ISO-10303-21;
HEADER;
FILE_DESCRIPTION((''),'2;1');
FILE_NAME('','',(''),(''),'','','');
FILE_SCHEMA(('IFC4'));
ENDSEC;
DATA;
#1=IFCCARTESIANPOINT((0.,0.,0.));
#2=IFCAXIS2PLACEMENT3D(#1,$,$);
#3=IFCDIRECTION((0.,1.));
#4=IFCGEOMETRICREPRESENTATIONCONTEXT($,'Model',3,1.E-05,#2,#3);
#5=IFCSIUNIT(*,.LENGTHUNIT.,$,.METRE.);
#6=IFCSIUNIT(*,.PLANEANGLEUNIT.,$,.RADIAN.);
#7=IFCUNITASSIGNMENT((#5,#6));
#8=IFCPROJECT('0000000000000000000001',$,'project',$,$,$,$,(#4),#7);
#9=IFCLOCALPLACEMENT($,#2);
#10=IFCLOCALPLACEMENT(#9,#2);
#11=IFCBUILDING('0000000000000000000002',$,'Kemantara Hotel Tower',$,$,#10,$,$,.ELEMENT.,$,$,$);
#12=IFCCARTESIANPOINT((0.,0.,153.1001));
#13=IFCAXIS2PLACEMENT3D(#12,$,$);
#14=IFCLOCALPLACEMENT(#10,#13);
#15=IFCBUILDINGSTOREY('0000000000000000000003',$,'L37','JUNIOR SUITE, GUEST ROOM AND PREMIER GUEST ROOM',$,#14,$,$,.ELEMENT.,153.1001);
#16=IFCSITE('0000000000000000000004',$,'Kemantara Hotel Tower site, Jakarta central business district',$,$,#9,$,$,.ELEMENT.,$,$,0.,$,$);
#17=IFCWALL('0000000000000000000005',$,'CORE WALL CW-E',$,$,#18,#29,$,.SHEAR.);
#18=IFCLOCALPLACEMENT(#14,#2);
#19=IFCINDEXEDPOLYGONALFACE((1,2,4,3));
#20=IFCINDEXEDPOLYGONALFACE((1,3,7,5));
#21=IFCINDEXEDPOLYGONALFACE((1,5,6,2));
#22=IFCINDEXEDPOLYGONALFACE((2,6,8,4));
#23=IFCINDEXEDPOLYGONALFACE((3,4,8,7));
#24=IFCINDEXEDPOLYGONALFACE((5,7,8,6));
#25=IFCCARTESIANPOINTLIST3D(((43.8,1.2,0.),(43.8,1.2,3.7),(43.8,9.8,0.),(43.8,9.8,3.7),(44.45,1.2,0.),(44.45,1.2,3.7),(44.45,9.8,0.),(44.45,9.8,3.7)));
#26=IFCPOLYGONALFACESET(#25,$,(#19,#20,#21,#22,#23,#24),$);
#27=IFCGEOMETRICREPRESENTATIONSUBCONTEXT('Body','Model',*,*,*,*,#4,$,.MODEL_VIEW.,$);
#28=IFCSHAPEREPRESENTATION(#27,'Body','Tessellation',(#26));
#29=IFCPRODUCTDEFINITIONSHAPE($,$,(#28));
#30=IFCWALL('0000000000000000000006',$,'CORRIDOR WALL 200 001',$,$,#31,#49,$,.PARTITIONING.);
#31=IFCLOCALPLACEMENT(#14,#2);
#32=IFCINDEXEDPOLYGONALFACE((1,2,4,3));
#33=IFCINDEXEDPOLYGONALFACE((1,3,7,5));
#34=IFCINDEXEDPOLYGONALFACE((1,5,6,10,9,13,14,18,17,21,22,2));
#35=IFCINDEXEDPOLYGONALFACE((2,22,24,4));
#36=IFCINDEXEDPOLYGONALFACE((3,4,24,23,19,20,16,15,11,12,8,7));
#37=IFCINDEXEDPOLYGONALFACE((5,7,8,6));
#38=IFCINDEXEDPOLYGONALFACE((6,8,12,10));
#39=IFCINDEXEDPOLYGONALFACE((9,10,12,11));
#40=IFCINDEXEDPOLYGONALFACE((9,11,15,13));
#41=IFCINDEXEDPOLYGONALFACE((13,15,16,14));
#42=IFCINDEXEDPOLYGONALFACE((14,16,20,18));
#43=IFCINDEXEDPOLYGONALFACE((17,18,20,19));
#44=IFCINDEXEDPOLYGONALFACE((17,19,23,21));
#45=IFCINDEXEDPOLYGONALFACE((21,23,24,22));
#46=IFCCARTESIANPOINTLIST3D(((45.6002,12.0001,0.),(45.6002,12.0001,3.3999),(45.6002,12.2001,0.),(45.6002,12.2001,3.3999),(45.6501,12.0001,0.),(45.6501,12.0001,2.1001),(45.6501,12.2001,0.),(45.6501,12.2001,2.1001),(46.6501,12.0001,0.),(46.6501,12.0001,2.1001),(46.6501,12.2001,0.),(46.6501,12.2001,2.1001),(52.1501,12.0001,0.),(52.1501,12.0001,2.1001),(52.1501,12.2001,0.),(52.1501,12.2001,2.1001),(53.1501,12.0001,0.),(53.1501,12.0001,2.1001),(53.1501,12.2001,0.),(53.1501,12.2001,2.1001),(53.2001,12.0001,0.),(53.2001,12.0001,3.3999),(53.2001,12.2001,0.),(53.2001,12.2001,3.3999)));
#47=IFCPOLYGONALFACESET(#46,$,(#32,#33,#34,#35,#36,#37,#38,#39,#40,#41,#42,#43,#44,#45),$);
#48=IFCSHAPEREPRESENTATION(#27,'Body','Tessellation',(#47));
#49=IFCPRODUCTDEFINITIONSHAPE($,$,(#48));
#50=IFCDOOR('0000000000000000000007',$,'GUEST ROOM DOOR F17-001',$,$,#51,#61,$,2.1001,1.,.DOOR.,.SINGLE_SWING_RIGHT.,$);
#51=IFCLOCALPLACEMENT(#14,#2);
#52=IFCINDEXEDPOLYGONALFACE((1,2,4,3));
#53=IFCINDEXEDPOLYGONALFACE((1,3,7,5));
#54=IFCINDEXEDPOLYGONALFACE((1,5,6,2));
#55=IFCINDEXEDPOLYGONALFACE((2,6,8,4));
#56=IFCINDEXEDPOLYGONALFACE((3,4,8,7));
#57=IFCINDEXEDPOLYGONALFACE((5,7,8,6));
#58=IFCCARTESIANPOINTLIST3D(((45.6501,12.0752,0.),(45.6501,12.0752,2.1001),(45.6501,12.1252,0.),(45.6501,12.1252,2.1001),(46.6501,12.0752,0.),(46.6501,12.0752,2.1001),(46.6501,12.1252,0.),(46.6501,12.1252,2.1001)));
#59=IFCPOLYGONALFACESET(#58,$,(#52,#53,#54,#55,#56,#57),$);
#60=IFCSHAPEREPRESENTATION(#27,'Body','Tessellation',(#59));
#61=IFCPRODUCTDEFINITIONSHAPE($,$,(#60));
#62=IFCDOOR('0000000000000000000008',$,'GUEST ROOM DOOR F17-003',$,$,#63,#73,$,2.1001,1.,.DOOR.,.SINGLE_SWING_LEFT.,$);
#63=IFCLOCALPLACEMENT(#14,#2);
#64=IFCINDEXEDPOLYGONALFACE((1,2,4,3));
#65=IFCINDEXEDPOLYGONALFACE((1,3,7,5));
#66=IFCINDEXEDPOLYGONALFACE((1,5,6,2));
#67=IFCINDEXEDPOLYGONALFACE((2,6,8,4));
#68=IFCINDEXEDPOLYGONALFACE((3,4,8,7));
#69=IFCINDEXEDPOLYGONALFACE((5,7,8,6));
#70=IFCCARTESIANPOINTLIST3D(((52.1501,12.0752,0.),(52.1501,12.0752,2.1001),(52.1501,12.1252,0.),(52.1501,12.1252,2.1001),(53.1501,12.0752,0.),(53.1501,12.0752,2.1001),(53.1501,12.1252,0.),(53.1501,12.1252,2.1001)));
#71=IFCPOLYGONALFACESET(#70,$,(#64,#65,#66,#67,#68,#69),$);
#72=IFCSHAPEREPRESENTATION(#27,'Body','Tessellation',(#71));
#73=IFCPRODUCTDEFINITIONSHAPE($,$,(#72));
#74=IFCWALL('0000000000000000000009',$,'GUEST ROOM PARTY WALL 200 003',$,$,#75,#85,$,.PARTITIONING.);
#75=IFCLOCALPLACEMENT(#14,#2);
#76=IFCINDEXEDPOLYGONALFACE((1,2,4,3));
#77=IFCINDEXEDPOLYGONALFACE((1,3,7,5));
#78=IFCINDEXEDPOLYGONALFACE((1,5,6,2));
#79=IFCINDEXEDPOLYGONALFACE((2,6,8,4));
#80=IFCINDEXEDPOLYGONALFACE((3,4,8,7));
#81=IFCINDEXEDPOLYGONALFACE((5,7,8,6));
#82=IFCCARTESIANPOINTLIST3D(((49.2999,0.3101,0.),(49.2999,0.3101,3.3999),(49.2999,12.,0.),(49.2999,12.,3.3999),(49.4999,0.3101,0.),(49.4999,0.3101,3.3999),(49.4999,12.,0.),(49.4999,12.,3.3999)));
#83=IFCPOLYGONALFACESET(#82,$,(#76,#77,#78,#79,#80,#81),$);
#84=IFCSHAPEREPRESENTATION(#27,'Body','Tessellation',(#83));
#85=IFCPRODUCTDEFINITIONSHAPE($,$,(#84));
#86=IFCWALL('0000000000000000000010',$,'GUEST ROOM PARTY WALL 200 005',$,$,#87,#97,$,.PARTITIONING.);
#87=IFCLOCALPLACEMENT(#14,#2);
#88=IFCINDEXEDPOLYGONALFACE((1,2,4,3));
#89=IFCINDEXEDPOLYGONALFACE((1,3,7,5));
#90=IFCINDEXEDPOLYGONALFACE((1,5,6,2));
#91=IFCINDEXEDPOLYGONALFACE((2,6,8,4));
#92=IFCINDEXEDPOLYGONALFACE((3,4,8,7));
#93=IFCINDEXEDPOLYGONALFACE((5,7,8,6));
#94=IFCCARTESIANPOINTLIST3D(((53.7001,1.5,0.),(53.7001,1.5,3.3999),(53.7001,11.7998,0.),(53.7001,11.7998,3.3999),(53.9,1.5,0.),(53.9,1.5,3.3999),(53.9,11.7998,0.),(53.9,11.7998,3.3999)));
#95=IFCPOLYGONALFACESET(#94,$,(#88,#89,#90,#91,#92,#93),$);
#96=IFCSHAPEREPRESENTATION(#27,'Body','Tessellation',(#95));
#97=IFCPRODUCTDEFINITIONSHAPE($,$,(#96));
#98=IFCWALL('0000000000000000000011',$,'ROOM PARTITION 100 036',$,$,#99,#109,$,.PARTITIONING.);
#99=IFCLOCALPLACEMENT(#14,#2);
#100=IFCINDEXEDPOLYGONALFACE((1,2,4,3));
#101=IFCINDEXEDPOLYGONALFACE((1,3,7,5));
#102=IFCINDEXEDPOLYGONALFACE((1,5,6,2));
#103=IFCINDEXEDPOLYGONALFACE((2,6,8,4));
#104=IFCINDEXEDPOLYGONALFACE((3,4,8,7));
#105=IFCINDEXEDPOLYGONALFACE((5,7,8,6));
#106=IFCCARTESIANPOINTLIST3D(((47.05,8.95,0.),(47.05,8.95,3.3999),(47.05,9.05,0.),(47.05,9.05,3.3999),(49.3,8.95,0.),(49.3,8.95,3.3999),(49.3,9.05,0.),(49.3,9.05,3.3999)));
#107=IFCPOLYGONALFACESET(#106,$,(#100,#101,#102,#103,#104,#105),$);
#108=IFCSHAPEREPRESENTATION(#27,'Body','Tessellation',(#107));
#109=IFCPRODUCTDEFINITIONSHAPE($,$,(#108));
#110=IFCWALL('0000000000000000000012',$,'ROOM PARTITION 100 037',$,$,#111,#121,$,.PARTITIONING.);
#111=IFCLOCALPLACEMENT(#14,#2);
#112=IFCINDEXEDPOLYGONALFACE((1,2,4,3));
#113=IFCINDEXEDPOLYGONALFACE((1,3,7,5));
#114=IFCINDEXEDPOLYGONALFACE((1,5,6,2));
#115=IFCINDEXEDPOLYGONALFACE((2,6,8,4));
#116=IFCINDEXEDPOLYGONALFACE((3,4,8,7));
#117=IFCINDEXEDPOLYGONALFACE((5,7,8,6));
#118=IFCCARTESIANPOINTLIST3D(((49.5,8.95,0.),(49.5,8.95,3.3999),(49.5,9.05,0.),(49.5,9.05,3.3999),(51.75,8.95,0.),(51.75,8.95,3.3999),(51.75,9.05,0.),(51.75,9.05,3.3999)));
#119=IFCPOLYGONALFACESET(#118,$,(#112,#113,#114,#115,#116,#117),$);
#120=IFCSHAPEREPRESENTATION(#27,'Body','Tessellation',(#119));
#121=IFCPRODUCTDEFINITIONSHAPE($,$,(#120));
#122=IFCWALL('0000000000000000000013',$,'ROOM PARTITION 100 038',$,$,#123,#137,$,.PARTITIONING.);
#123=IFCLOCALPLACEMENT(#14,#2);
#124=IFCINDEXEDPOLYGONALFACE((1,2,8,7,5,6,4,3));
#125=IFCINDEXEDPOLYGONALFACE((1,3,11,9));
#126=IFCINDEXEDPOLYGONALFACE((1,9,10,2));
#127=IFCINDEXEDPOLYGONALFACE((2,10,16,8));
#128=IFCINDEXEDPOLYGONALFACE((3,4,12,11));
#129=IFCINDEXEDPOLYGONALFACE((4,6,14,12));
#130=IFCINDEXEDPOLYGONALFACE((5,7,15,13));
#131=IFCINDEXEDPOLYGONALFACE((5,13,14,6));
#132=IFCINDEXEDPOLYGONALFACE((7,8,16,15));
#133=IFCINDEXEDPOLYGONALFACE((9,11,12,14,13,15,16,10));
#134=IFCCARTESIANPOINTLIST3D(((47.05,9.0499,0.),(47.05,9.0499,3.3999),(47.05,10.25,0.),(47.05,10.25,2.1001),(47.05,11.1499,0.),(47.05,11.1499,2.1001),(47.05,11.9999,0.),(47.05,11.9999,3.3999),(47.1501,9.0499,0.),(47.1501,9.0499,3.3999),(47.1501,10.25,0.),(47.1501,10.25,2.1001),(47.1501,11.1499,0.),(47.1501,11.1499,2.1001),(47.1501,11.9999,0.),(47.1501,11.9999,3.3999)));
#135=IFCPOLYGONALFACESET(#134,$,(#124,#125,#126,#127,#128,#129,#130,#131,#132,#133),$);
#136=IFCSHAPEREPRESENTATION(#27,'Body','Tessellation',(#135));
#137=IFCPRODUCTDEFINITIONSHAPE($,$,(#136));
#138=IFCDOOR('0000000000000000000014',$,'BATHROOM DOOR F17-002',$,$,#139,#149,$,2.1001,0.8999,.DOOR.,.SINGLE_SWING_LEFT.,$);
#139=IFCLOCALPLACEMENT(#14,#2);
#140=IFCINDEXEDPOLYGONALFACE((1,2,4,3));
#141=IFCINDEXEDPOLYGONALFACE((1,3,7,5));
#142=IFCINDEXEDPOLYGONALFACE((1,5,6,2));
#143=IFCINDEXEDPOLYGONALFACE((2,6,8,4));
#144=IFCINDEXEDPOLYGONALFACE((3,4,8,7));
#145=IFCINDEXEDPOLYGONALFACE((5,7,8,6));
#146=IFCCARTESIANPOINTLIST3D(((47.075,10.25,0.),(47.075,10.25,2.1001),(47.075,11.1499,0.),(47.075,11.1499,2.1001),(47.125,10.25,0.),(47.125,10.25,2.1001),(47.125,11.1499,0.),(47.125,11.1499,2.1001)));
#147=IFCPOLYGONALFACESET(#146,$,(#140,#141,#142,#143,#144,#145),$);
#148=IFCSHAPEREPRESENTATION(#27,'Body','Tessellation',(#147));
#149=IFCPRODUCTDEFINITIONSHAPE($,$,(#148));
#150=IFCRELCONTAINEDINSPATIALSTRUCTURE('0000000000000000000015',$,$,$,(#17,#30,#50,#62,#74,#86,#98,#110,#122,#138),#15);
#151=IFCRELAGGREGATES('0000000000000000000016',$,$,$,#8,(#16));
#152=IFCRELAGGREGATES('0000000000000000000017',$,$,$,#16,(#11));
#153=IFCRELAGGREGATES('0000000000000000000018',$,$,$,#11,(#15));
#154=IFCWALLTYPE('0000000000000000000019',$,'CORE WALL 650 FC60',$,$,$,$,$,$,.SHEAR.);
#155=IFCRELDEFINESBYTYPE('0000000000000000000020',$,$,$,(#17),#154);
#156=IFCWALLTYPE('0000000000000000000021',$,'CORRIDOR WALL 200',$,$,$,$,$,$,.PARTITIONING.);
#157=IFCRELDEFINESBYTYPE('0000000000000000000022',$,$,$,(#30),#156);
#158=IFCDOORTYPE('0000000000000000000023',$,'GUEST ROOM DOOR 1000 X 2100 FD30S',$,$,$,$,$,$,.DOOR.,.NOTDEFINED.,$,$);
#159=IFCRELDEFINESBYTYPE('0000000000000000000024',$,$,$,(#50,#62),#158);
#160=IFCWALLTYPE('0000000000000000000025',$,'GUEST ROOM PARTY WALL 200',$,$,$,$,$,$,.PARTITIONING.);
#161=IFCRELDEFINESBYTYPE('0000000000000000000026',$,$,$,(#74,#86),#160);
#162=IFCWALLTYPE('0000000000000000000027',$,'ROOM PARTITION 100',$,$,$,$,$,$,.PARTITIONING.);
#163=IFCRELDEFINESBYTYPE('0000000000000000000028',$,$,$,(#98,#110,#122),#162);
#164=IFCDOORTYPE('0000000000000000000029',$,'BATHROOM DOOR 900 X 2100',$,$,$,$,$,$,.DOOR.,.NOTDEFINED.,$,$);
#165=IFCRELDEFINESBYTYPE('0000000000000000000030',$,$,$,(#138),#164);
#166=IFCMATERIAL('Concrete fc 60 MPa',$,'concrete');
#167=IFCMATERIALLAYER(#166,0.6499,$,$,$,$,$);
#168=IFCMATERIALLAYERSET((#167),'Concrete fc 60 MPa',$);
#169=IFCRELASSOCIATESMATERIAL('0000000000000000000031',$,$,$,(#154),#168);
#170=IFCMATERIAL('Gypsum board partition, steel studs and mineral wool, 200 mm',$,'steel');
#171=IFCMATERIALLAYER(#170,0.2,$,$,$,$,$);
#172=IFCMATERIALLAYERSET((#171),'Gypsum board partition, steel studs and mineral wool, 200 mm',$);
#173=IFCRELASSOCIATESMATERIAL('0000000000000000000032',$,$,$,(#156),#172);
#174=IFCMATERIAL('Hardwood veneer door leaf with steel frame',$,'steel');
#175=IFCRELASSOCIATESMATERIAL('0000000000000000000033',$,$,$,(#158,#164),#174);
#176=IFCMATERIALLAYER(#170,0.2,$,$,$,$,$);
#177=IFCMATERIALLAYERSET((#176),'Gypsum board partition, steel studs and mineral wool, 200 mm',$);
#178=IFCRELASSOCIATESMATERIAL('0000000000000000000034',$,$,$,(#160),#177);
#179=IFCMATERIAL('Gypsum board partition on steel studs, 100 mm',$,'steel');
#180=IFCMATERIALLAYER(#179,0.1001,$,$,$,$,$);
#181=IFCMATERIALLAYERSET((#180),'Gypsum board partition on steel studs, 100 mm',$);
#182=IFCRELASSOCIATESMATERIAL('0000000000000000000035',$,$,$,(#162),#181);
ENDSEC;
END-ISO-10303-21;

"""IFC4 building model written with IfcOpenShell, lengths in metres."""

from ifc_helpers import new_model, si_unit, direction, frame, frame_2d, origin, place, context, subcontext, project, spatial, rectangle, extrude, material, layer, layer_set, type_object, element, fill, save


model = new_model("IFC4")

# Units and contexts
model_context = context("Model", 3, precision=1e-05, world=origin(), true_north=direction((0.0, 1.0)))
body_context = subcontext(model_context, "Body", "Model", "MODEL_VIEW")
ifc_project = project(units=[si_unit("LENGTHUNIT", "METRE"), si_unit("PLANEANGLEUNIT", "RADIAN")], contexts=[model_context])

# Site, building, storey
site_placement = place(None, origin())
site = spatial("IfcSite", under=ifc_project, at=site_placement, Name="Kemantara Hotel Tower site, Jakarta central business district", CompositionType="ELEMENT", RefElevation=0.0)
building_placement = place(site_placement, origin())
building = spatial("IfcBuilding", under=site, at=building_placement, Name="Kemantara Hotel Tower", CompositionType="ELEMENT")
storey_placement = place(building_placement, frame((0.0, 0.0, 153.1001)))
storey = spatial("IfcBuildingStorey", under=building, at=storey_placement, Name="L37", Description="JUNIOR SUITE, GUEST ROOM AND PREMIER GUEST ROOM", CompositionType="ELEMENT", Elevation=153.1001)

# Shared definitions
ifc_material_1 = material(Name="Concrete fc 60 MPa", Category="concrete")

# Wall
ifc_layer_1 = layer(ifc_material_1, 0.6499)
ifc_layer_set_1 = layer_set([ifc_layer_1], Name="Concrete fc 60 MPa")
wall_type_1 = type_object("IfcWallType", Name="CORE WALL 650 FC60", PredefinedType="SHEAR", material=ifc_layer_set_1)
wall_1_placement = place(storey_placement, frame((44.125, 1.2, 0.0), z_axis=(0.0, 0.0, 1.0), x_axis=(0.0, 1.0, 0.0)))
element("IfcWall", 1, at=wall_1_placement, inside=storey, type_object=wall_type_1, Name="CORE WALL CW-E", PredefinedType="SHEAR", context=body_context, shape_type="SweptSolid", body=[
    extrude(rectangle(XDim=8.6001, YDim=0.6499, at=frame_2d((4.3, 0.0))), origin(), (0.0, 0.0, 1.0), 3.7),
])

# Wall, openings, doors
ifc_material_2 = material(Name="Gypsum board partition, steel studs and mineral wool, 200 mm", Category="steel")
ifc_layer_2 = layer(ifc_material_2, 0.2)
ifc_layer_set_2 = layer_set([ifc_layer_2], Name="Gypsum board partition, steel studs and mineral wool, 200 mm")
wall_type_2 = type_object("IfcWallType", Name="CORRIDOR WALL 200", PredefinedType="PARTITIONING", material=ifc_layer_set_2)
wall_2_placement = place(storey_placement, frame((53.2, 12.1001, 0.0), z_axis=(0.0, 0.0, 1.0), x_axis=(-1.0, 0.0, 0.0)))
wall_2 = element("IfcWall", 2, at=wall_2_placement, inside=storey, type_object=wall_type_2, Name="CORRIDOR WALL 200 001", PredefinedType="PARTITIONING", context=body_context, shape_type="SweptSolid", body=[
    extrude(rectangle(XDim=7.5999, YDim=0.2, at=frame_2d((3.7998, 0.0))), origin(), (0.0, 0.0, 1.0), 3.3999),
])
opening_1_placement = place(wall_2_placement, frame((6.5498, 0.0, 0.0)))
opening_1 = element("IfcOpeningElement", 3, at=opening_1_placement, cuts=wall_2, PredefinedType="OPENING", context=body_context, shape_type="SweptSolid", body=[
    extrude(rectangle(XDim=1.0, YDim=2.1001, at=frame_2d((0.5, 1.05))), frame((0.0, 0.1099, 0.0), z_axis=(0.0, -1.0, 0.0), x_axis=(1.0, 0.0, 0.0)), (0.0, 0.0, 1.0), 0.22),
])
opening_2_placement = place(wall_2_placement, frame((0.0498, 0.0, 0.0)))
opening_2 = element("IfcOpeningElement", 4, at=opening_2_placement, cuts=wall_2, PredefinedType="OPENING", context=body_context, shape_type="SweptSolid", body=[
    extrude(rectangle(XDim=1.0, YDim=2.1001, at=frame_2d((0.5, 1.05))), frame((0.0, 0.1099, 0.0), z_axis=(0.0, -1.0, 0.0), x_axis=(1.0, 0.0, 0.0)), (0.0, 0.0, 1.0), 0.22),
])
ifc_material_3 = material(Name="Hardwood veneer door leaf with steel frame", Category="steel")
door_type_1 = type_object("IfcDoorType", Name="GUEST ROOM DOOR 1000 X 2100 FD30S", OperationType="NOTDEFINED", PredefinedType="DOOR", material=ifc_material_3)
door_1_placement = place(opening_1_placement, origin())
door_1 = element("IfcDoor", 5, at=door_1_placement, inside=storey, type_object=door_type_1, Name="GUEST ROOM DOOR F17-001", OperationType="SINGLE_SWING_RIGHT", OverallHeight=2.1001, OverallWidth=1.0, PredefinedType="DOOR", context=body_context, shape_type="SweptSolid", body=[
    extrude(rectangle(XDim=1.0, YDim=2.1001, at=frame_2d((0.5, 1.05))), frame((0.0, 0.0249, 0.0), z_axis=(0.0, -1.0, 0.0), x_axis=(1.0, 0.0, 0.0)), (0.0, 0.0, 1.0), 0.05),
])
fill(opening_1, door_1)
door_2_placement = place(opening_2_placement, origin())
door_2 = element("IfcDoor", 6, at=door_2_placement, inside=storey, type_object=door_type_1, Name="GUEST ROOM DOOR F17-003", OperationType="SINGLE_SWING_LEFT", OverallHeight=2.1001, OverallWidth=1.0, PredefinedType="DOOR", context=body_context, shape_type="SweptSolid", body=[
    extrude(rectangle(XDim=1.0, YDim=2.1001, at=frame_2d((0.5, 1.05))), frame((0.0, 0.0249, 0.0), z_axis=(0.0, -1.0, 0.0), x_axis=(1.0, 0.0, 0.0)), (0.0, 0.0, 1.0), 0.05),
])
fill(opening_2, door_2)

# Walls
ifc_layer_3 = layer(ifc_material_2, 0.2)
ifc_layer_set_3 = layer_set([ifc_layer_3], Name="Gypsum board partition, steel studs and mineral wool, 200 mm")
wall_type_3 = type_object("IfcWallType", Name="GUEST ROOM PARTY WALL 200", PredefinedType="PARTITIONING", material=ifc_layer_set_3)
wall_3_placement = place(storey_placement, frame((49.3999, 0.3101, 0.0), z_axis=(0.0, 0.0, 1.0), x_axis=(0.0, 1.0, 0.0)))
element("IfcWall", 7, at=wall_3_placement, inside=storey, type_object=wall_type_3, Name="GUEST ROOM PARTY WALL 200 003", PredefinedType="PARTITIONING", context=body_context, shape_type="SweptSolid", body=[
    extrude(rectangle(XDim=11.6899, YDim=0.2, at=frame_2d((5.845, 0.0))), origin(), (0.0, 0.0, 1.0), 3.3999),
])
wall_4_placement = place(storey_placement, frame((53.8, 1.5, 0.0), z_axis=(0.0, 0.0, 1.0), x_axis=(0.0, 1.0, 0.0)))
element("IfcWall", 8, at=wall_4_placement, inside=storey, type_object=wall_type_3, Name="GUEST ROOM PARTY WALL 200 005", PredefinedType="PARTITIONING", context=body_context, shape_type="SweptSolid", body=[
    extrude(rectangle(XDim=10.2998, YDim=0.2, at=frame_2d((5.1499, 0.0))), origin(), (0.0, 0.0, 1.0), 3.3999),
])
ifc_material_4 = material(Name="Gypsum board partition on steel studs, 100 mm", Category="steel")
ifc_layer_4 = layer(ifc_material_4, 0.1001)
ifc_layer_set_4 = layer_set([ifc_layer_4], Name="Gypsum board partition on steel studs, 100 mm")
wall_type_4 = type_object("IfcWallType", Name="ROOM PARTITION 100", PredefinedType="PARTITIONING", material=ifc_layer_set_4)
for number, where, z_axis, x_axis, name in (
    (9, (47.05, 9.0, 0.0), (0.0, 0.0, 1.0), (1.0, 0.0, 0.0), "ROOM PARTITION 100 036"),
    (10, (49.5, 9.0, 0.0), (0.0, 0.0, 1.0), (1.0, 0.0, 0.0), "ROOM PARTITION 100 037"),
):
    element("IfcWall", number, at=place(storey_placement, frame(where, z_axis=z_axis, x_axis=x_axis)), inside=storey, type_object=wall_type_4, Name=name, PredefinedType="PARTITIONING", context=body_context, shape_type="SweptSolid", body=[
        extrude(rectangle(XDim=2.25, YDim=0.1001, at=frame_2d((1.125, 0.0))), origin(), (0.0, 0.0, 1.0), 3.3999),
    ])

# Wall, opening, door
wall_5_placement = place(storey_placement, frame((47.1001, 12.0, 0.0), z_axis=(0.0, 0.0, 1.0), x_axis=(0.0, -1.0, 0.0)))
wall_5 = element("IfcWall", 11, at=wall_5_placement, inside=storey, type_object=wall_type_4, Name="ROOM PARTITION 100 038", PredefinedType="PARTITIONING", context=body_context, shape_type="SweptSolid", body=[
    extrude(rectangle(XDim=2.95, YDim=0.1001, at=frame_2d((1.4751, 0.0))), origin(), (0.0, 0.0, 1.0), 3.3999),
])
opening_3_placement = place(wall_5_placement, frame((0.8501, 0.0, 0.0)))
opening_3 = element("IfcOpeningElement", 12, at=opening_3_placement, cuts=wall_5, PredefinedType="OPENING", context=body_context, shape_type="SweptSolid", body=[
    extrude(rectangle(XDim=0.8999, YDim=2.1001, at=frame_2d((0.45, 1.05))), frame((0.0, 0.0601, 0.0), z_axis=(0.0, -1.0, 0.0), x_axis=(1.0, 0.0, 0.0)), (0.0, 0.0, 1.0), 0.1201),
])
door_type_2 = type_object("IfcDoorType", Name="BATHROOM DOOR 900 X 2100", OperationType="NOTDEFINED", PredefinedType="DOOR", material=ifc_material_3)
door_3_placement = place(opening_3_placement, origin())
door_3 = element("IfcDoor", 13, at=door_3_placement, inside=storey, type_object=door_type_2, Name="BATHROOM DOOR F17-002", OperationType="SINGLE_SWING_LEFT", OverallHeight=2.1001, OverallWidth=0.8999, PredefinedType="DOOR", context=body_context, shape_type="SweptSolid", body=[
    extrude(rectangle(XDim=0.8999, YDim=2.1001, at=frame_2d((0.45, 1.05))), frame((0.0, 0.0249, 0.0), z_axis=(0.0, -1.0, 0.0), x_axis=(1.0, 0.0, 0.0)), (0.0, 0.0, 1.0), 0.05),
])
fill(opening_3, door_3)

save(model, "model.ifc")
